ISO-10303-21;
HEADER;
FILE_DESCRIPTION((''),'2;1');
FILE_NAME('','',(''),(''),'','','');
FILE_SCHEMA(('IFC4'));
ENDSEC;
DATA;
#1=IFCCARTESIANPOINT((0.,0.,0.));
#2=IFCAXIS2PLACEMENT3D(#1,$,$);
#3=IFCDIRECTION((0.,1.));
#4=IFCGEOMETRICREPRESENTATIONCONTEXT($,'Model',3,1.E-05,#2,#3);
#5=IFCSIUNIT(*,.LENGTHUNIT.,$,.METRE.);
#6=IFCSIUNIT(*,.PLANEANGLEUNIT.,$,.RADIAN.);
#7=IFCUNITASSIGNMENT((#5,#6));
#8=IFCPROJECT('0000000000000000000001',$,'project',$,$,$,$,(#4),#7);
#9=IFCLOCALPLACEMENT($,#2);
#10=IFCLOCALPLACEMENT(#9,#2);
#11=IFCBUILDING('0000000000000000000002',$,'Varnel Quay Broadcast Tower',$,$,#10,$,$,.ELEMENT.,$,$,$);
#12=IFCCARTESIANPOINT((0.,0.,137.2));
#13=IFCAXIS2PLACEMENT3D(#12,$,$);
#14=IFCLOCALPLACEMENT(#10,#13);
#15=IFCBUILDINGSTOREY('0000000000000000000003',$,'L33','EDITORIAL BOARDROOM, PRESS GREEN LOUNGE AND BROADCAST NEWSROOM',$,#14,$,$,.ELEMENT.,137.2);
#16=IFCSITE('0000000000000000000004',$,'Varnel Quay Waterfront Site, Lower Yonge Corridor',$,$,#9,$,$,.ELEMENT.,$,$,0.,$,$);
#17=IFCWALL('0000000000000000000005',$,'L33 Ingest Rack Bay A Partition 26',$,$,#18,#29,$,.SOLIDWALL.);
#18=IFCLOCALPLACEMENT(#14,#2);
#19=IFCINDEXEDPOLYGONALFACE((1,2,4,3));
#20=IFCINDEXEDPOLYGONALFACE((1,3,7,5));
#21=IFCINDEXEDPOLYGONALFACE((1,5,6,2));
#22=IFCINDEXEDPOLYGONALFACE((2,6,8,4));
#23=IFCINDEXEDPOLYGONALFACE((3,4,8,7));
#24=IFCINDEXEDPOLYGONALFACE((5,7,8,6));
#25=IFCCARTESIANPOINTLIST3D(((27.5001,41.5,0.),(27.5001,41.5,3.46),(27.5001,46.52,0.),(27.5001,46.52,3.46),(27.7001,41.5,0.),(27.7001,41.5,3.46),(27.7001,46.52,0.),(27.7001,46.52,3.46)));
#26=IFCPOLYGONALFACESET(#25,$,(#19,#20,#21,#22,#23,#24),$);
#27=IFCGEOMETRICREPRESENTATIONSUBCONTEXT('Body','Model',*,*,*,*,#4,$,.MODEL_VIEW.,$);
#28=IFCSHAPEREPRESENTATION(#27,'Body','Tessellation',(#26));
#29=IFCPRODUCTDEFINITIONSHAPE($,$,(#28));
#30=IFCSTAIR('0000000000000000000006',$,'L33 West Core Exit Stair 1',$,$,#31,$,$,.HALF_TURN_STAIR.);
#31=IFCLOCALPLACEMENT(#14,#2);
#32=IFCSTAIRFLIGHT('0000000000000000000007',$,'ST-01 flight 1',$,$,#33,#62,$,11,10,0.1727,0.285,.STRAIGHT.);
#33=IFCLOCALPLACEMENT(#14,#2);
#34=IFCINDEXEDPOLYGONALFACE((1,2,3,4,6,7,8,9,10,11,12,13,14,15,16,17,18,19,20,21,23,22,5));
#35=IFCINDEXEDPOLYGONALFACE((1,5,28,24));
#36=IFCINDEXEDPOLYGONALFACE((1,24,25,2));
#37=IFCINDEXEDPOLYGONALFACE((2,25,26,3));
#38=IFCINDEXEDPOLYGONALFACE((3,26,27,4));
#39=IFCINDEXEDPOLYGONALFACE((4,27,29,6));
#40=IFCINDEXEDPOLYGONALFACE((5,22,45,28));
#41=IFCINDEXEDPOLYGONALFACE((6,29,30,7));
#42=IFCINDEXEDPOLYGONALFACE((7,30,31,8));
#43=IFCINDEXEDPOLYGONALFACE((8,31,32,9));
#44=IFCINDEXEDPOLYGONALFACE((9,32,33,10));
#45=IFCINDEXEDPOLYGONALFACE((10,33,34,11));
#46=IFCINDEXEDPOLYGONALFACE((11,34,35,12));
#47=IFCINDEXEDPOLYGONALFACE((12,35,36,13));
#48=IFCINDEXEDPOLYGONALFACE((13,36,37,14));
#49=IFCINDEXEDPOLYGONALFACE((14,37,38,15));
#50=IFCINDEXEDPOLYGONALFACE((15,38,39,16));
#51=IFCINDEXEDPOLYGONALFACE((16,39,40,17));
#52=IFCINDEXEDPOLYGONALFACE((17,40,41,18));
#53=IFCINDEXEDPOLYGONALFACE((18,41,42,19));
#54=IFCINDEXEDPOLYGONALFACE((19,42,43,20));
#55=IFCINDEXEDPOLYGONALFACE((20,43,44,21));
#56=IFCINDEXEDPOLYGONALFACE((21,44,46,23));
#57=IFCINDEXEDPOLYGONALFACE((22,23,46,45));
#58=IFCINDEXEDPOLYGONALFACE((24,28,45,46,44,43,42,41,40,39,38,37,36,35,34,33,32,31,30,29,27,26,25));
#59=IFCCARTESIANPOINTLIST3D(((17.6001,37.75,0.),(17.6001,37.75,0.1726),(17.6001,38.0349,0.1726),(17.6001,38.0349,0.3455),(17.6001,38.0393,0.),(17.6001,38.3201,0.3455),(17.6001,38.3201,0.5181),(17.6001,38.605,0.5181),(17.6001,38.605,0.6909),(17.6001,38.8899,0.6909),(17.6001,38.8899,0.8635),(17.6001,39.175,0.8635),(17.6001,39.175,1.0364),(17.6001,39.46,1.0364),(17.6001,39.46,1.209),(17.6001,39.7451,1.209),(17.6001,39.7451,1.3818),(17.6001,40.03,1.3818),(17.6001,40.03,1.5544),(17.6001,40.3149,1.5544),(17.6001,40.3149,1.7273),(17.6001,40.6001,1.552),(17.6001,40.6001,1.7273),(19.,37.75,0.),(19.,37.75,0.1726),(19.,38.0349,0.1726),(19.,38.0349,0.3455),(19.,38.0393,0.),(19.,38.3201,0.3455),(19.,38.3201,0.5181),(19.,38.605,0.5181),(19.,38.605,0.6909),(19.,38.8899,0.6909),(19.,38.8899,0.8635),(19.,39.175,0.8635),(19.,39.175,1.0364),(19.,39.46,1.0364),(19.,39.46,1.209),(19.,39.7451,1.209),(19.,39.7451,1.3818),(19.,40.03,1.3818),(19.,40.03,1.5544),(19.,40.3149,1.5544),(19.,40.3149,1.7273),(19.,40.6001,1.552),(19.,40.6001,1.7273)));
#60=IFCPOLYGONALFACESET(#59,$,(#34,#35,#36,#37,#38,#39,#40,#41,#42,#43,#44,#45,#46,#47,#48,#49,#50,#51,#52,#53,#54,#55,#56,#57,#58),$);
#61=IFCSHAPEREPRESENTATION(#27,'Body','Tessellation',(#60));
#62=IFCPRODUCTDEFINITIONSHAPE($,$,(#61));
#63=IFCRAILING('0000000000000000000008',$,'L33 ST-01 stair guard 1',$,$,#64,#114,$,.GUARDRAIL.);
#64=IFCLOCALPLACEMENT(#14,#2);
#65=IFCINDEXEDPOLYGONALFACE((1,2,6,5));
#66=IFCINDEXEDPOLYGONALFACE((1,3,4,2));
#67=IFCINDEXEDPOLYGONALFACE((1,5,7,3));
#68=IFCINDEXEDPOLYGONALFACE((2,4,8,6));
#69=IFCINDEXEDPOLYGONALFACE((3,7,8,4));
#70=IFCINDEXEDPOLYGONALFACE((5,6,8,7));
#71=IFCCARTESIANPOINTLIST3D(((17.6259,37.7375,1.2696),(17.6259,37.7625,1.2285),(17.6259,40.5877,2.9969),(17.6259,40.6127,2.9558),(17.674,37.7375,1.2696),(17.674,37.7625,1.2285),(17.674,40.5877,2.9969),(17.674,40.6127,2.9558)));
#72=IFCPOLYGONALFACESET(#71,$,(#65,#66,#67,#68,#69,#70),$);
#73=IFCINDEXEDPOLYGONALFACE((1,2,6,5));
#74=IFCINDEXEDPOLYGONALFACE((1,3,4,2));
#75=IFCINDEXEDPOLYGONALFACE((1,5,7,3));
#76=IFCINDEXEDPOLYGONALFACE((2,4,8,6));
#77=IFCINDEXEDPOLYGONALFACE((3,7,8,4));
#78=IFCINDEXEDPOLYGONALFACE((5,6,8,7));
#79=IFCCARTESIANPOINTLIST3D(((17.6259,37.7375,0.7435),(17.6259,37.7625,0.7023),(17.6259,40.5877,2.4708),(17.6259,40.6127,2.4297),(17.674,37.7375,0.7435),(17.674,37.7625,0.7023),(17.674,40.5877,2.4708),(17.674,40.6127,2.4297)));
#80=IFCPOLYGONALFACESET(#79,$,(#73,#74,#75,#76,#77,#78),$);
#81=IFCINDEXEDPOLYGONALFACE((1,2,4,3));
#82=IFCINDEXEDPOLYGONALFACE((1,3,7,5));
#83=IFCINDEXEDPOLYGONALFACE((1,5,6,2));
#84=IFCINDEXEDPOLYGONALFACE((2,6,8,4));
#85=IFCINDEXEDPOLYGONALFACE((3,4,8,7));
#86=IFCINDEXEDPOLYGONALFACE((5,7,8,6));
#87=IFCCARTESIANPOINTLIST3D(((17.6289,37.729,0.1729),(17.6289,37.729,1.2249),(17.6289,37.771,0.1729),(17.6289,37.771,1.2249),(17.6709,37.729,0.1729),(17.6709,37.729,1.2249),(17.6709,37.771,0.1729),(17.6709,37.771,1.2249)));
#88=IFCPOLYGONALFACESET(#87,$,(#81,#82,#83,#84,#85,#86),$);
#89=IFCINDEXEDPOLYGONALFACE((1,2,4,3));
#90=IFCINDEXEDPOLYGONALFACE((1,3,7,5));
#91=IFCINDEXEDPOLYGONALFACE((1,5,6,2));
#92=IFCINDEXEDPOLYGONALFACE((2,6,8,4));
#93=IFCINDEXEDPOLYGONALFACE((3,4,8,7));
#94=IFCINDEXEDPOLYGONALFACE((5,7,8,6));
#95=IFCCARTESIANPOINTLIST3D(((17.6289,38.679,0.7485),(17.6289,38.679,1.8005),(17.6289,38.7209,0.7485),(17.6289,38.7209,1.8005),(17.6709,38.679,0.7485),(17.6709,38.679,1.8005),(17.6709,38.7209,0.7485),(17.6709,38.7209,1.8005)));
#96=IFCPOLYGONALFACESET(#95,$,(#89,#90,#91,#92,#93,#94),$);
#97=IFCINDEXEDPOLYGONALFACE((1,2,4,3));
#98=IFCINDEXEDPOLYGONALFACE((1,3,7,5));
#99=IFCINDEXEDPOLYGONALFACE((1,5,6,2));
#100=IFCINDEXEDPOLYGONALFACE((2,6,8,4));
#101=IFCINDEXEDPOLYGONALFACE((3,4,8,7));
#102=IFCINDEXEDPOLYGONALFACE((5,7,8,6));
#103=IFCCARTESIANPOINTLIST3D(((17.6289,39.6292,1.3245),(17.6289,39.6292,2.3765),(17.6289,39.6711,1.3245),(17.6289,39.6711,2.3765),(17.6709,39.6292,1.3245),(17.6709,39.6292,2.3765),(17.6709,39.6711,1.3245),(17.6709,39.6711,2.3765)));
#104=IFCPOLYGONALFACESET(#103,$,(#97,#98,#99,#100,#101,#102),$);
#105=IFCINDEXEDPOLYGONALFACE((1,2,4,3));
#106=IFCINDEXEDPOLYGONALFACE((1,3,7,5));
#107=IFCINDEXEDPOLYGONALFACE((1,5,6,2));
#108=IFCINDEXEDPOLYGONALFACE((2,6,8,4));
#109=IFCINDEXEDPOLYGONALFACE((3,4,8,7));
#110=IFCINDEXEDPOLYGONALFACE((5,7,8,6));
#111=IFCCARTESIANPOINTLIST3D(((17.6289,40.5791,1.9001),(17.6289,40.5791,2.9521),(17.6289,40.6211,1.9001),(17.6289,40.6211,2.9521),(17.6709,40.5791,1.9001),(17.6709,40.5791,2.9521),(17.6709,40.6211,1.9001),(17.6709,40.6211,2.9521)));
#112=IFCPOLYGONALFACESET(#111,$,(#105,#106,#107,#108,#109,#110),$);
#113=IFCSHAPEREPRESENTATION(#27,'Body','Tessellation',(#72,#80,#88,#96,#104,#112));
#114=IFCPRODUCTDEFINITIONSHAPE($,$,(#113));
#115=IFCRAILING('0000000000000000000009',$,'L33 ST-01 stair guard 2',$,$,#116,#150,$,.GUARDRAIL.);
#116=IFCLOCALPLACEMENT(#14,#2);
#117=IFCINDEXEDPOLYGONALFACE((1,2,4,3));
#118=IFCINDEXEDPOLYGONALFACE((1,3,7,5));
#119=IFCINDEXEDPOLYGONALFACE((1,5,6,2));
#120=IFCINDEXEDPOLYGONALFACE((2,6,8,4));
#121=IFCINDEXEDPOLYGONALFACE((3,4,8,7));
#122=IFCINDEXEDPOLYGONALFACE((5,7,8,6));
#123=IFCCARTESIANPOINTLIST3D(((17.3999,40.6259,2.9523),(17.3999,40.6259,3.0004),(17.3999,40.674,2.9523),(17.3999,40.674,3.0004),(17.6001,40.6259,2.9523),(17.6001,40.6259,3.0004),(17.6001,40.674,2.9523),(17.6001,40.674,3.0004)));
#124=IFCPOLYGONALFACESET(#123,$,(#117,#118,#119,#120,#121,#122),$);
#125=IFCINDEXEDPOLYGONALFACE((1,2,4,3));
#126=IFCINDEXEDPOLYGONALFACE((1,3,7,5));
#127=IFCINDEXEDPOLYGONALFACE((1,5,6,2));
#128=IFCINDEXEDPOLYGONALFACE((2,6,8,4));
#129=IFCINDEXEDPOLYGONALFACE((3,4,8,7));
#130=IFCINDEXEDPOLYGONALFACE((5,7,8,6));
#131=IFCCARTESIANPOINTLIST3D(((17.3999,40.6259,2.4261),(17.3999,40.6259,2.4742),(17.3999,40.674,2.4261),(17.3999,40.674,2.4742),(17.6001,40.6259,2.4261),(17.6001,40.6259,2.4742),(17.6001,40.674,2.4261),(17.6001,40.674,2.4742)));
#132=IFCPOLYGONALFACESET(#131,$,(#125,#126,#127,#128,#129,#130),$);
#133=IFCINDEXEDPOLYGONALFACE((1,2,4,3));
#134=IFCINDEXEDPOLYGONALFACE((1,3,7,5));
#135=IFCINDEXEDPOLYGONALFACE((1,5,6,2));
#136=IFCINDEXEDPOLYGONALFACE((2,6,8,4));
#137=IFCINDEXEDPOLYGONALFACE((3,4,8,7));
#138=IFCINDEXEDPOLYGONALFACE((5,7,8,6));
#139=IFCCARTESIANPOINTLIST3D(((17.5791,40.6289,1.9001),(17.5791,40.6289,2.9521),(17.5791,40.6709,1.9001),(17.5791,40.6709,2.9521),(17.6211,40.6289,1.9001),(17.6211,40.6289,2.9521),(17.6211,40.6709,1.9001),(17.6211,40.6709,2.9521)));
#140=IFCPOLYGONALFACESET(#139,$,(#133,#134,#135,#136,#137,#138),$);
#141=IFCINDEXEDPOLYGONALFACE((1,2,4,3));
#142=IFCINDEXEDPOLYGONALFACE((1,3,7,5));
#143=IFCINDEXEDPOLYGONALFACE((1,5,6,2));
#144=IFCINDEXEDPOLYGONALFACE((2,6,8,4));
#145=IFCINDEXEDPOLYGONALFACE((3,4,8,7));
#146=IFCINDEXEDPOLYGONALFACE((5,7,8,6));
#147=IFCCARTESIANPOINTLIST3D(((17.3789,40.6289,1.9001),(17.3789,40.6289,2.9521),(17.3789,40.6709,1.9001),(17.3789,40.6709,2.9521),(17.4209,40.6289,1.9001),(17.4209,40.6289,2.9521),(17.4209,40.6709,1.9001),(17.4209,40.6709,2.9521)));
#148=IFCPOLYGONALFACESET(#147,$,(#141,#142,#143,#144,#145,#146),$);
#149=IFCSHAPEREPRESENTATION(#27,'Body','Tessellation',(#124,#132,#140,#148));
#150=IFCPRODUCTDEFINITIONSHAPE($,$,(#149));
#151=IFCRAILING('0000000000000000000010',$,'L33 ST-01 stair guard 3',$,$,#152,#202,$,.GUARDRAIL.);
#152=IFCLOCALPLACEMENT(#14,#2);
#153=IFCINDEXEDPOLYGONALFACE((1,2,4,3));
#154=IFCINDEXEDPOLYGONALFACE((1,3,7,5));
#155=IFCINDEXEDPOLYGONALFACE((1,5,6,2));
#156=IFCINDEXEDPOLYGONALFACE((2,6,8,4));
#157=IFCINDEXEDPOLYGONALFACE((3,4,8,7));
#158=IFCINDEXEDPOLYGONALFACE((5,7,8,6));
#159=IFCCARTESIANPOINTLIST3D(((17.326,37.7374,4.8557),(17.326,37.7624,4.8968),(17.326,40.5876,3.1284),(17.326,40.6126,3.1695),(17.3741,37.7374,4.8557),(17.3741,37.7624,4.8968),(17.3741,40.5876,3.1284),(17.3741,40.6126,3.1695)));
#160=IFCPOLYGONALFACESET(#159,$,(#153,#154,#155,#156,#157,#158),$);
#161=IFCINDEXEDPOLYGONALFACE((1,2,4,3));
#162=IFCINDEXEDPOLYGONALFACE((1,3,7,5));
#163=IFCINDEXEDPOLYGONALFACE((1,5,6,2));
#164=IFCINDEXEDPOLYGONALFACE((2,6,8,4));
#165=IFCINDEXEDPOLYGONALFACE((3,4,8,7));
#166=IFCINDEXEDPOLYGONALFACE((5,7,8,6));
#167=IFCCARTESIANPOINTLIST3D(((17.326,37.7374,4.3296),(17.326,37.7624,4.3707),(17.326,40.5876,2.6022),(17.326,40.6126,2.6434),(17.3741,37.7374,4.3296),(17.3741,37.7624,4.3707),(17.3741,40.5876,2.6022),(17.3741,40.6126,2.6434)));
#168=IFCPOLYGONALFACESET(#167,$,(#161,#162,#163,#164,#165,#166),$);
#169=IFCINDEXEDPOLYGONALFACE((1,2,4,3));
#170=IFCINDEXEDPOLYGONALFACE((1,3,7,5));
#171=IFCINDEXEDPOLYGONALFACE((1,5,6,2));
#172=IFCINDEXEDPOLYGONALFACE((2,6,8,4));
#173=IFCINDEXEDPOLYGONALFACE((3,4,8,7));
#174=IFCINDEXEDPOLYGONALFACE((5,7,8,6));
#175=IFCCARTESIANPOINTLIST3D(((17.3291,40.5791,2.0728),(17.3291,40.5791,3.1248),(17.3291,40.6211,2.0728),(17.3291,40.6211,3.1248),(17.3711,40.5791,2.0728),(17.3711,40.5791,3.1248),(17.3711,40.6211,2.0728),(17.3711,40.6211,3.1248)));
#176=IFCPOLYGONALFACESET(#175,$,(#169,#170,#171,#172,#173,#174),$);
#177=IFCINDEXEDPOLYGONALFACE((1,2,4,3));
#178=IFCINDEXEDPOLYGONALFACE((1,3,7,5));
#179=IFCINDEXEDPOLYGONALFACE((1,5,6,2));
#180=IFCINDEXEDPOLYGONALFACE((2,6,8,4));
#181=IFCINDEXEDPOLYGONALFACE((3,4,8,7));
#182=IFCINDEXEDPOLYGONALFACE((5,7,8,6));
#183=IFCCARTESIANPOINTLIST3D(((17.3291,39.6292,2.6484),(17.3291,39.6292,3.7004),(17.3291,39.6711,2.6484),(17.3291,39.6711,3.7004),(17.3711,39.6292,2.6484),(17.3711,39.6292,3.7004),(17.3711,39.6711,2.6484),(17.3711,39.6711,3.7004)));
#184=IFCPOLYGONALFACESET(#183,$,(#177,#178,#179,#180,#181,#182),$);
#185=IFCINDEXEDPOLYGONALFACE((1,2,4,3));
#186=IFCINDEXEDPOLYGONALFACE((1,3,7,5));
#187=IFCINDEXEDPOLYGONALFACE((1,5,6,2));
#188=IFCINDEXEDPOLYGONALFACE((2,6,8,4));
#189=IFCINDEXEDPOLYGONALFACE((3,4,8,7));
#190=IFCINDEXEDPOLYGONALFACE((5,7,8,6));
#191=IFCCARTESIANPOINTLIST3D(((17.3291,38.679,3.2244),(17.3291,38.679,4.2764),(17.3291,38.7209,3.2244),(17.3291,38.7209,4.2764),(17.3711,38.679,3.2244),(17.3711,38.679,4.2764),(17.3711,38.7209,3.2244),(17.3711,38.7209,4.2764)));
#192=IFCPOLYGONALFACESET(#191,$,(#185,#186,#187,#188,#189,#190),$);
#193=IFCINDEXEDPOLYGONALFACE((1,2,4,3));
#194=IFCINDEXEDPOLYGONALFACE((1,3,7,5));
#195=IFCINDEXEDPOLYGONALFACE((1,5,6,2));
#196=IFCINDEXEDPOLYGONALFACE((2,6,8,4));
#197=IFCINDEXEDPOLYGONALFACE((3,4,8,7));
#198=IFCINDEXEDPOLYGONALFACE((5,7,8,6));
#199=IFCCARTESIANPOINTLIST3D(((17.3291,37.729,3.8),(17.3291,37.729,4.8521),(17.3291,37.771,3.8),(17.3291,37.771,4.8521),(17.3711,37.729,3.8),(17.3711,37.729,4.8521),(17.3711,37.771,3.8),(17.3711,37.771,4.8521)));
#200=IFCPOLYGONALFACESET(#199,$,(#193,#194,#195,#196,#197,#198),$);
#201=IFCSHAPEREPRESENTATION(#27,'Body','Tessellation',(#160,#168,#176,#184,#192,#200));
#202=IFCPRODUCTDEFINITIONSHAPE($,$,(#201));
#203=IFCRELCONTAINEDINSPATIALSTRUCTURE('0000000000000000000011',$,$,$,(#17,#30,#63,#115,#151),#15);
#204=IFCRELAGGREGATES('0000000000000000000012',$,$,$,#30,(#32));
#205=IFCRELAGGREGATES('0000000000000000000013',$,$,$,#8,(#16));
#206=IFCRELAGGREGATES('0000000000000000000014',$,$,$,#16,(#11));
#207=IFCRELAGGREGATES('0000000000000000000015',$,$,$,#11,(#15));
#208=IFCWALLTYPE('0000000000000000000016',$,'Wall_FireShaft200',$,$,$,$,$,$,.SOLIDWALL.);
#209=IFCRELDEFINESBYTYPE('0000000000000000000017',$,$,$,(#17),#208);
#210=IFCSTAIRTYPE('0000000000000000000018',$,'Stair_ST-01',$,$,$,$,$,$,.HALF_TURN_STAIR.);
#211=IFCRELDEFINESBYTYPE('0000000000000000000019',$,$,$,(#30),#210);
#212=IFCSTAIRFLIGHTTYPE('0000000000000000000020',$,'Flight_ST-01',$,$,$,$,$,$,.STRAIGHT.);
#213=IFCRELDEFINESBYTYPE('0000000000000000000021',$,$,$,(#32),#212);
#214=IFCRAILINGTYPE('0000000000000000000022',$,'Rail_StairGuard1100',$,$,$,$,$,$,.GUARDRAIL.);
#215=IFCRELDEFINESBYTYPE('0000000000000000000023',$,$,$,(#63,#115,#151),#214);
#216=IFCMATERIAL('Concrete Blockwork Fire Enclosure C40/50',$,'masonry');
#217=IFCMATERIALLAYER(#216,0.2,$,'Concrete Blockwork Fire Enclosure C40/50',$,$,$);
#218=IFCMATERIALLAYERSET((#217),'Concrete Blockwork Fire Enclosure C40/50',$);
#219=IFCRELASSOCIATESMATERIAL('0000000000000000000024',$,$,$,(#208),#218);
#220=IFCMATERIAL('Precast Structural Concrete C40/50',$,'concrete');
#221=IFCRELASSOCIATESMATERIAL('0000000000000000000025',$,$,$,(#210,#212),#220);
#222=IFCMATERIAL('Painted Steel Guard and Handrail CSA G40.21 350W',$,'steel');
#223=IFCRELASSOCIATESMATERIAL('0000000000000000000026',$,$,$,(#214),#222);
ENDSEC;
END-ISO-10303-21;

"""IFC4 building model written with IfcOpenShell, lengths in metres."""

from ifc_helpers import new_model, si_unit, direction, frame, frame_2d, origin, origin_2d, place, context, subcontext, project, spatial, polyline, rectangle, outline, extrude, material, layer, layer_set, type_object, element, aggregate, save


model = new_model("IFC4")

# Units and contexts
model_context = context("Model", 3, precision=1e-05, world=origin(), true_north=direction((0.0, 1.0)))
body_context = subcontext(model_context, "Body", "Model", "MODEL_VIEW")
ifc_project = project(units=[si_unit("LENGTHUNIT", "METRE"), si_unit("PLANEANGLEUNIT", "RADIAN")], contexts=[model_context])

# Site, building, storey
site_placement = place(None, origin())
site = spatial("IfcSite", under=ifc_project, at=site_placement, Name="Varnel Quay Waterfront Site, Lower Yonge Corridor", CompositionType="ELEMENT", RefElevation=0.0)
building_placement = place(site_placement, origin())
building = spatial("IfcBuilding", under=site, at=building_placement, Name="Varnel Quay Broadcast Tower", CompositionType="ELEMENT")
storey_placement = place(building_placement, frame((0.0, 0.0, 137.2)))
storey = spatial("IfcBuildingStorey", under=building, at=storey_placement, Name="L33", Description="EDITORIAL BOARDROOM, PRESS GREEN LOUNGE AND BROADCAST NEWSROOM", CompositionType="ELEMENT", Elevation=137.2)

# Wall
ifc_material_1 = material(Name="Concrete Blockwork Fire Enclosure C40/50", Category="masonry")
ifc_layer_1 = layer(ifc_material_1, 0.2, Name="Concrete Blockwork Fire Enclosure C40/50")
ifc_layer_set_1 = layer_set([ifc_layer_1], Name="Concrete Blockwork Fire Enclosure C40/50")
wall_type_1 = type_object("IfcWallType", Name="Wall_FireShaft200", PredefinedType="SOLIDWALL", material=ifc_layer_set_1)
wall_1_placement = place(storey_placement, frame((27.6001, 41.5, 0.0), z_axis=(0.0, 0.0, 1.0), x_axis=(0.0, 1.0, 0.0)))
element("IfcWall", 1, at=wall_1_placement, inside=storey, type_object=wall_type_1, Name="L33 Ingest Rack Bay A Partition 26", PredefinedType="SOLIDWALL", context=body_context, shape_type="SweptSolid", body=[
    extrude(rectangle(XDim=5.02, YDim=0.2, at=frame_2d((2.51, 0.0))), origin(), (0.0, 0.0, 1.0), 3.46),
])

# Stair, stair flight
ifc_material_2 = material(Name="Precast Structural Concrete C40/50", Category="concrete")
stair_type = type_object("IfcStairType", Name="Stair_ST-01", PredefinedType="HALF_TURN_STAIR", material=ifc_material_2)
stair_placement = place(storey_placement, origin())
stair = element("IfcStair", 2, at=stair_placement, inside=storey, type_object=stair_type, Name="L33 West Core Exit Stair 1", PredefinedType="HALF_TURN_STAIR")
stair_flight_type = type_object("IfcStairFlightType", Name="Flight_ST-01", PredefinedType="STRAIGHT", material=ifc_material_2)
stair_flight_placement = place(storey_placement, frame((18.3, 37.75, 0.0), z_axis=(0.0, 0.0, 1.0), x_axis=(0.0, 1.0, 0.0)))
stair_flight = element("IfcStairFlight", 3, at=stair_flight_placement, type_object=stair_flight_type, Name="ST-01 flight 1", NumberOfRisers=11, NumberOfTreads=10, PredefinedType="STRAIGHT", RiserHeight=0.1727, TreadLength=0.285, context=body_context, shape_type="SweptSolid", body=[
    extrude(outline(polyline([(0.0, 0.0), (0.0, 0.1726), (0.2849, 0.1726), (0.2849, 0.3455), (0.5701, 0.3455), (0.5701, 0.5181), (0.855, 0.5181), (0.855, 0.6909), (1.1399, 0.6909), (1.1399, 0.8635), (1.425, 0.8635), (1.425, 1.0364), (1.71, 1.0364), (1.71, 1.209), (1.9951, 1.209), (1.9951, 1.3818), (2.28, 1.3818), (2.28, 1.5544), (2.5649, 1.5544), (2.5649, 1.7273), (2.8501, 1.7273), (2.8501, 1.8999), (2.8501, 1.552), (0.2893, 0.0), (0.0, 0.0)])), frame((0.0, 0.7, 0.0), z_axis=(0.0, -1.0, 0.0), x_axis=(1.0, 0.0, 0.0)), (0.0, 0.0, 1.0), 1.3999),
])
aggregate(stair, [stair_flight])

# Railings
ifc_material_3 = material(Name="Painted Steel Guard and Handrail CSA G40.21 350W", Category="steel")
railing_type_1 = type_object("IfcRailingType", Name="Rail_StairGuard1100", PredefinedType="GUARDRAIL", material=ifc_material_3)
railing_1_placement = place(storey_placement, frame((17.6499, 37.75, 0.1729)))
element("IfcRailing", 4, at=railing_1_placement, inside=storey, type_object=railing_type_1, Name="L33 ST-01 stair guard 1", PredefinedType="GUARDRAIL", context=body_context, shape_type="SweptSolid", body=[
    extrude(rectangle(XDim=0.0481, YDim=0.0481, at=origin_2d()), frame((0.0, 0.0, 1.0762), z_axis=(0.0, 0.855203, 0.518294), x_axis=(-1.0, 0.0, 0.0)), (0.0, 0.0, 1.0), 3.3328),
    extrude(rectangle(XDim=0.0481, YDim=0.0481, at=origin_2d()), frame((0.0, 0.0, 0.55), z_axis=(0.0, 0.855203, 0.518294), x_axis=(-1.0, 0.0, 0.0)), (0.0, 0.0, 1.0), 3.3328),
    extrude(rectangle(XDim=0.042, YDim=0.042, at=origin_2d()), origin(), (0.0, 0.0, 1.0), 1.052),
    extrude(rectangle(XDim=0.042, YDim=0.042, at=origin_2d()), frame((0.0, 0.95, 0.5757)), (0.0, 0.0, 1.0), 1.052),
    extrude(rectangle(XDim=0.042, YDim=0.042, at=origin_2d()), frame((0.0, 1.9001, 1.1516)), (0.0, 0.0, 1.0), 1.052),
    extrude(rectangle(XDim=0.042, YDim=0.042, at=origin_2d()), frame((0.0, 2.8501, 1.7273)), (0.0, 0.0, 1.0), 1.052),
])
railing_2_placement = place(storey_placement, frame((17.6001, 40.6499, 1.9001)))
element("IfcRailing", 5, at=railing_2_placement, inside=storey, type_object=railing_type_1, Name="L33 ST-01 stair guard 2", PredefinedType="GUARDRAIL", context=body_context, shape_type="SweptSolid", body=[
    extrude(rectangle(XDim=0.0481, YDim=0.0481, at=origin_2d()), frame((0.0, 0.0, 1.0762), z_axis=(-1.0, 0.0, 0.0), x_axis=(0.0, -1.0, 0.0)), (0.0, 0.0, 1.0), 0.2002),
    extrude(rectangle(XDim=0.0481, YDim=0.0481, at=origin_2d()), frame((0.0, 0.0, 0.55), z_axis=(-1.0, 0.0, 0.0), x_axis=(0.0, -1.0, 0.0)), (0.0, 0.0, 1.0), 0.2002),
    extrude(rectangle(XDim=0.042, YDim=0.042, at=origin_2d()), origin(), (0.0, 0.0, 1.0), 1.052),
    extrude(rectangle(XDim=0.042, YDim=0.042, at=origin_2d()), frame((-0.2002, 0.0, 0.0)), (0.0, 0.0, 1.0), 1.052),
])
railing_3_placement = place(storey_placement, frame((17.3501, 40.6001, 2.0728)))
element("IfcRailing", 6, at=railing_3_placement, inside=storey, type_object=railing_type_1, Name="L33 ST-01 stair guard 3", PredefinedType="GUARDRAIL", context=body_context, shape_type="SweptSolid", body=[
    extrude(rectangle(XDim=0.0481, YDim=0.0481, at=origin_2d()), frame((0.0, 0.0, 1.0762), z_axis=(0.0, -0.855203, 0.518294), x_axis=(1.0, 0.0, 0.0)), (0.0, 0.0, 1.0), 3.3328),
    extrude(rectangle(XDim=0.0481, YDim=0.0481, at=origin_2d()), frame((0.0, 0.0, 0.55), z_axis=(0.0, -0.855203, 0.518294), x_axis=(1.0, 0.0, 0.0)), (0.0, 0.0, 1.0), 3.3328),
    extrude(rectangle(XDim=0.042, YDim=0.042, at=origin_2d()), origin(), (0.0, 0.0, 1.0), 1.052),
    extrude(rectangle(XDim=0.042, YDim=0.042, at=origin_2d()), frame((0.0, -0.95, 0.5757)), (0.0, 0.0, 1.0), 1.052),
    extrude(rectangle(XDim=0.042, YDim=0.042, at=origin_2d()), frame((0.0, -1.9001, 1.1516)), (0.0, 0.0, 1.0), 1.052),
    extrude(rectangle(XDim=0.042, YDim=0.042, at=origin_2d()), frame((0.0, -2.8501, 1.7273)), (0.0, 0.0, 1.0), 1.052),
])

save(model, "model.ifc")
